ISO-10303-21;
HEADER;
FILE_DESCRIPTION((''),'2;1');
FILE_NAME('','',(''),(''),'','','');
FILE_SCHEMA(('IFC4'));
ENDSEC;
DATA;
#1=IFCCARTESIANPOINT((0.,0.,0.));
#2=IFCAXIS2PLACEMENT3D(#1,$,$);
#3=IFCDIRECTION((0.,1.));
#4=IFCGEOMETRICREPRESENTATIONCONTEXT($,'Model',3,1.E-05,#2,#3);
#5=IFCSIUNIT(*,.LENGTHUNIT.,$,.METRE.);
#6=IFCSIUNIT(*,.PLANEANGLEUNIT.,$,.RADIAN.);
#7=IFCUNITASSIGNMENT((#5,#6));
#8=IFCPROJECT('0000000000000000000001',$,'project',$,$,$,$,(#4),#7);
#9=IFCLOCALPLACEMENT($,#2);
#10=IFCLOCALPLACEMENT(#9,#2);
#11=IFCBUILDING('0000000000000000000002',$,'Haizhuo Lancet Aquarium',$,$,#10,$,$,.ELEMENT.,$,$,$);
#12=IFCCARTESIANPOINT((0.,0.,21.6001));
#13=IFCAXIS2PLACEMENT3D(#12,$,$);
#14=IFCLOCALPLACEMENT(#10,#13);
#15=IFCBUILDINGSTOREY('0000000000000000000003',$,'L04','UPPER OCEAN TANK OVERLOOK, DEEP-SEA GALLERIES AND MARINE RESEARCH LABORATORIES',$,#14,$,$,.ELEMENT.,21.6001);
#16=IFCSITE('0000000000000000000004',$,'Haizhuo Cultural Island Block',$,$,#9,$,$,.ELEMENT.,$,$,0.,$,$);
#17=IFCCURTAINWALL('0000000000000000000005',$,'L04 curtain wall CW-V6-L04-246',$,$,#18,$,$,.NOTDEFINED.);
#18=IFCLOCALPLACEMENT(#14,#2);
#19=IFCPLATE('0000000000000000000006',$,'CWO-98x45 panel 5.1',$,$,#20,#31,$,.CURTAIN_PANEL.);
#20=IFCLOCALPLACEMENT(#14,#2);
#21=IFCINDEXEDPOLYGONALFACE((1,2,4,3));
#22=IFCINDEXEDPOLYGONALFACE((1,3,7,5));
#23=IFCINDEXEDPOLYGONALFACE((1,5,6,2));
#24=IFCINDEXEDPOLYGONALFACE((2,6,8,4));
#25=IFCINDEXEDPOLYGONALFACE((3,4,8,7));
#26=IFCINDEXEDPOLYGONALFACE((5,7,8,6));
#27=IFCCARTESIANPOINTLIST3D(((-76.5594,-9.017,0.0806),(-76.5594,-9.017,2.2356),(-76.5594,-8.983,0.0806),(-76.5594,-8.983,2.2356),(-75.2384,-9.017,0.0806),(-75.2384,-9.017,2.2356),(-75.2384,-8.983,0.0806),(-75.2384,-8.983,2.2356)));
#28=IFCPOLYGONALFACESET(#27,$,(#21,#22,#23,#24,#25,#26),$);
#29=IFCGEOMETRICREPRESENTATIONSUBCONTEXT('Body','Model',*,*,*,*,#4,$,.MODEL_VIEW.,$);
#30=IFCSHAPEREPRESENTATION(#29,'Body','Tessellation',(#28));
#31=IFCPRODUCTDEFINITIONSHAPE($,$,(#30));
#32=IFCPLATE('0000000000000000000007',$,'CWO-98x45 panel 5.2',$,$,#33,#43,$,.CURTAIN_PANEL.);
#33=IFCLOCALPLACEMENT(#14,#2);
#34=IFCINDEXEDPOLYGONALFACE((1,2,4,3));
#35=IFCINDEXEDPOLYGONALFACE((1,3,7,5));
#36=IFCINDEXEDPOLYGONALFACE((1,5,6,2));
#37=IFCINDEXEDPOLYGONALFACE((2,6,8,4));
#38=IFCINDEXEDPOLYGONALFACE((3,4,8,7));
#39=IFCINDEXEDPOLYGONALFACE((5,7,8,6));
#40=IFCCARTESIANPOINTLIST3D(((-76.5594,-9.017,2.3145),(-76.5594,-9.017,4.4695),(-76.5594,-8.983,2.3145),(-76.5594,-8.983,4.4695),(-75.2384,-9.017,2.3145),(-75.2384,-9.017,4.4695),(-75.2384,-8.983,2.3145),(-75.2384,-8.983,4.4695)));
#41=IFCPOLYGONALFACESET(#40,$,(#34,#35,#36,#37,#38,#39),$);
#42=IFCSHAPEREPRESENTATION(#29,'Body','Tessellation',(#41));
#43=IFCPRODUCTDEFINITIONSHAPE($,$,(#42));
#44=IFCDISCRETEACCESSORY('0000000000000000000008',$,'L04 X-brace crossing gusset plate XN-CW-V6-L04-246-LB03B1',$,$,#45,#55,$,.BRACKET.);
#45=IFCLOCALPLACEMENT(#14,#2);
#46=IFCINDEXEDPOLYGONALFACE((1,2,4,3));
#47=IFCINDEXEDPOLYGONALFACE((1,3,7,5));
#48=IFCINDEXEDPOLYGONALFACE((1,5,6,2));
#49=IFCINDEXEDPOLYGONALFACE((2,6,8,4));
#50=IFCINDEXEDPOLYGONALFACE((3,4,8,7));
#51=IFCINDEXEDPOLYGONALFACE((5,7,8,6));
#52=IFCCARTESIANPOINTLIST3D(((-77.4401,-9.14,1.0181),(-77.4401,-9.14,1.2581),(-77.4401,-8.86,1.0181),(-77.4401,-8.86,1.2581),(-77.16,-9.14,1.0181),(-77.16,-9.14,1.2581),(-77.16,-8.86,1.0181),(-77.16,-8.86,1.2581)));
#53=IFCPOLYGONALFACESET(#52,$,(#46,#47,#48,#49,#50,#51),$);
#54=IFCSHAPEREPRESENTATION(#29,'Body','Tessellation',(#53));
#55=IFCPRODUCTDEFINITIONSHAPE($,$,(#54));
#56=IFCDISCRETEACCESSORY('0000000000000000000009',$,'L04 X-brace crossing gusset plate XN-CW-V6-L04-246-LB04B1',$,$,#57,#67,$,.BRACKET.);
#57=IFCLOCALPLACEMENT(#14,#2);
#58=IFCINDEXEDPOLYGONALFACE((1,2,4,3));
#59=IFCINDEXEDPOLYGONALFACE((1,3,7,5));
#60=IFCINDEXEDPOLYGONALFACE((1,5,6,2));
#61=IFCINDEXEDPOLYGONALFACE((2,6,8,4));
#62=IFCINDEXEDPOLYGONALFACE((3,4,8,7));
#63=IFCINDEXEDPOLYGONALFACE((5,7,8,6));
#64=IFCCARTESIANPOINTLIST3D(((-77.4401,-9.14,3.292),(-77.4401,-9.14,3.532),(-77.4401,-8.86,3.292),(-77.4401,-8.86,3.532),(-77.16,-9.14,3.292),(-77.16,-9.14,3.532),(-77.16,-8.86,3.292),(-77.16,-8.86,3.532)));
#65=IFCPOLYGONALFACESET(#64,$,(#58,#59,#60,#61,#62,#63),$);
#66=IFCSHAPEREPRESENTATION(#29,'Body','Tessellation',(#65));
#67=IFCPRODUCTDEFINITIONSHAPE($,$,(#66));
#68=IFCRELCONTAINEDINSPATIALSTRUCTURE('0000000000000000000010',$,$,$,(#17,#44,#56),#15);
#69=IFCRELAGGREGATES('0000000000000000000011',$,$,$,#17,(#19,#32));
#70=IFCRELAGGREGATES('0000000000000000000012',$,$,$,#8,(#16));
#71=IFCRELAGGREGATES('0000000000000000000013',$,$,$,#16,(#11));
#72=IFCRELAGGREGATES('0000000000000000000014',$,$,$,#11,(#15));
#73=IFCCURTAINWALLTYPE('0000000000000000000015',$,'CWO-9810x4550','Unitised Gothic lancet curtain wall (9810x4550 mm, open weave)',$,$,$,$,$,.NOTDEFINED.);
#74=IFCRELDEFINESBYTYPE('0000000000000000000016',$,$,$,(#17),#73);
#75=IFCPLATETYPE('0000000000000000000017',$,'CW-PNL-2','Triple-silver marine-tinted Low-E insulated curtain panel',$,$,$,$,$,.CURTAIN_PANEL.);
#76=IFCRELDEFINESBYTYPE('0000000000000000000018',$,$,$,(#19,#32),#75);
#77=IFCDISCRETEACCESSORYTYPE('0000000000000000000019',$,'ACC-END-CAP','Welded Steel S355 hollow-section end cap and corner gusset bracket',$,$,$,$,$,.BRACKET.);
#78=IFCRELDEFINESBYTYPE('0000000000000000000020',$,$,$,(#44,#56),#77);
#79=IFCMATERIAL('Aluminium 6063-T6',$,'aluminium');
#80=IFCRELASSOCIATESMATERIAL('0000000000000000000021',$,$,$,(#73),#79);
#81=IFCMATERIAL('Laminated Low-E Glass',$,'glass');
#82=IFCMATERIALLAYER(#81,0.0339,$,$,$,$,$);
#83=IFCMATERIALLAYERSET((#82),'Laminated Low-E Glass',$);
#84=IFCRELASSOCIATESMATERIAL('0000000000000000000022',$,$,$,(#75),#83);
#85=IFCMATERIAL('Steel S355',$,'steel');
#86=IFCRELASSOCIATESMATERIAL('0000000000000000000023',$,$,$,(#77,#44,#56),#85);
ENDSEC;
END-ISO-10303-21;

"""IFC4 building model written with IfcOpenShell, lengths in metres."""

from ifc_helpers import new_model, si_unit, direction, frame, origin, origin_2d, place, context, subcontext, project, spatial, rectangle, extrude, material, layer, layer_set, type_object, element, aggregate, save


model = new_model("IFC4")

# Units and contexts
model_context = context("Model", 3, precision=1e-05, world=origin(), true_north=direction((0.0, 1.0)))
body_context = subcontext(model_context, "Body", "Model", "MODEL_VIEW")
ifc_project = project(units=[si_unit("LENGTHUNIT", "METRE"), si_unit("PLANEANGLEUNIT", "RADIAN")], contexts=[model_context])

# Site, building, storey
site_placement = place(None, origin())
site = spatial("IfcSite", under=ifc_project, at=site_placement, Name="Haizhuo Cultural Island Block", CompositionType="ELEMENT", RefElevation=0.0)
building_placement = place(site_placement, origin())
building = spatial("IfcBuilding", under=site, at=building_placement, Name="Haizhuo Lancet Aquarium", CompositionType="ELEMENT")
storey_placement = place(building_placement, frame((0.0, 0.0, 21.6001)))
storey = spatial("IfcBuildingStorey", under=building, at=storey_placement, Name="L04", Description="UPPER OCEAN TANK OVERLOOK, DEEP-SEA GALLERIES AND MARINE RESEARCH LABORATORIES", CompositionType="ELEMENT", Elevation=21.6001)

# Curtain wall
ifc_material_1 = material(Name="Aluminium 6063-T6", Category="aluminium")
curtain_wall_type = type_object("IfcCurtainWallType", Name="CWO-9810x4550", Description="Unitised Gothic lancet curtain wall (9810x4550 mm, open weave)", PredefinedType="NOTDEFINED", material=ifc_material_1)
curtain_wall_placement = place(storey_placement, origin())
curtain_wall = element("IfcCurtainWall", 1, at=curtain_wall_placement, inside=storey, type_object=curtain_wall_type, Name="L04 curtain wall CW-V6-L04-246", PredefinedType="NOTDEFINED")

# Shared definitions
ifc_material_2 = material(Name="Steel S355", Category="steel")

# Plates
ifc_material_3 = material(Name="Laminated Low-E Glass", Category="glass")
ifc_layer = layer(ifc_material_3, 0.0339)
ifc_layer_set = layer_set([ifc_layer], Name="Laminated Low-E Glass")
plate_type = type_object("IfcPlateType", Name="CW-PNL-2", Description="Triple-silver marine-tinted Low-E insulated curtain panel", PredefinedType="CURTAIN_PANEL", material=ifc_layer_set)
plate_1_placement = place(storey_placement, frame((-75.8989, -9.0, 0.0806), z_axis=(0.0, 0.0, 1.0), x_axis=(1.0, 0.0, 0.0)))
plate_1 = element("IfcPlate", 2, at=plate_1_placement, type_object=plate_type, Name="CWO-98x45 panel 5.1", PredefinedType="CURTAIN_PANEL", context=body_context, shape_type="SweptSolid", body=[
    extrude(rectangle(XDim=1.321, YDim=0.0339, at=origin_2d()), origin(), (0.0, 0.0, 1.0), 2.155),
])
plate_2_placement = place(storey_placement, frame((-75.8989, -9.0, 2.3145), z_axis=(0.0, 0.0, 1.0), x_axis=(1.0, 0.0, 0.0)))
plate_2 = element("IfcPlate", 3, at=plate_2_placement, type_object=plate_type, Name="CWO-98x45 panel 5.2", PredefinedType="CURTAIN_PANEL", context=body_context, shape_type="SweptSolid", body=[
    extrude(rectangle(XDim=1.321, YDim=0.0339, at=origin_2d()), origin(), (0.0, 0.0, 1.0), 2.155),
])
aggregate(curtain_wall, [plate_1, plate_2])

# Discrete accessories
discrete_accessory_type = type_object("IfcDiscreteAccessoryType", Name="ACC-END-CAP", Description="Welded Steel S355 hollow-section end cap and corner gusset bracket", PredefinedType="BRACKET", material=ifc_material_2)
for number, where, z_axis, x_axis, name in (
    (4, (-77.3, -9.0, 1.0181), (0.0, 0.0, 1.0), (1.0, 0.0, 0.0), "L04 X-brace crossing gusset plate XN-CW-V6-L04-246-LB03B1"),
    (5, (-77.3, -9.0, 3.292), (0.0, 0.0, 1.0), (1.0, 0.0, 0.0), "L04 X-brace crossing gusset plate XN-CW-V6-L04-246-LB04B1"),
):
    element("IfcDiscreteAccessory", number, at=place(storey_placement, frame(where, z_axis=z_axis, x_axis=x_axis)), inside=storey, type_object=discrete_accessory_type, material=ifc_material_2, Name=name, PredefinedType="BRACKET", context=body_context, shape_type="SweptSolid", body=[
        extrude(rectangle(XDim=0.28, YDim=0.28, at=origin_2d()), origin(), (0.0, 0.0, 1.0), 0.24),
    ])

save(model, "model.ifc")
